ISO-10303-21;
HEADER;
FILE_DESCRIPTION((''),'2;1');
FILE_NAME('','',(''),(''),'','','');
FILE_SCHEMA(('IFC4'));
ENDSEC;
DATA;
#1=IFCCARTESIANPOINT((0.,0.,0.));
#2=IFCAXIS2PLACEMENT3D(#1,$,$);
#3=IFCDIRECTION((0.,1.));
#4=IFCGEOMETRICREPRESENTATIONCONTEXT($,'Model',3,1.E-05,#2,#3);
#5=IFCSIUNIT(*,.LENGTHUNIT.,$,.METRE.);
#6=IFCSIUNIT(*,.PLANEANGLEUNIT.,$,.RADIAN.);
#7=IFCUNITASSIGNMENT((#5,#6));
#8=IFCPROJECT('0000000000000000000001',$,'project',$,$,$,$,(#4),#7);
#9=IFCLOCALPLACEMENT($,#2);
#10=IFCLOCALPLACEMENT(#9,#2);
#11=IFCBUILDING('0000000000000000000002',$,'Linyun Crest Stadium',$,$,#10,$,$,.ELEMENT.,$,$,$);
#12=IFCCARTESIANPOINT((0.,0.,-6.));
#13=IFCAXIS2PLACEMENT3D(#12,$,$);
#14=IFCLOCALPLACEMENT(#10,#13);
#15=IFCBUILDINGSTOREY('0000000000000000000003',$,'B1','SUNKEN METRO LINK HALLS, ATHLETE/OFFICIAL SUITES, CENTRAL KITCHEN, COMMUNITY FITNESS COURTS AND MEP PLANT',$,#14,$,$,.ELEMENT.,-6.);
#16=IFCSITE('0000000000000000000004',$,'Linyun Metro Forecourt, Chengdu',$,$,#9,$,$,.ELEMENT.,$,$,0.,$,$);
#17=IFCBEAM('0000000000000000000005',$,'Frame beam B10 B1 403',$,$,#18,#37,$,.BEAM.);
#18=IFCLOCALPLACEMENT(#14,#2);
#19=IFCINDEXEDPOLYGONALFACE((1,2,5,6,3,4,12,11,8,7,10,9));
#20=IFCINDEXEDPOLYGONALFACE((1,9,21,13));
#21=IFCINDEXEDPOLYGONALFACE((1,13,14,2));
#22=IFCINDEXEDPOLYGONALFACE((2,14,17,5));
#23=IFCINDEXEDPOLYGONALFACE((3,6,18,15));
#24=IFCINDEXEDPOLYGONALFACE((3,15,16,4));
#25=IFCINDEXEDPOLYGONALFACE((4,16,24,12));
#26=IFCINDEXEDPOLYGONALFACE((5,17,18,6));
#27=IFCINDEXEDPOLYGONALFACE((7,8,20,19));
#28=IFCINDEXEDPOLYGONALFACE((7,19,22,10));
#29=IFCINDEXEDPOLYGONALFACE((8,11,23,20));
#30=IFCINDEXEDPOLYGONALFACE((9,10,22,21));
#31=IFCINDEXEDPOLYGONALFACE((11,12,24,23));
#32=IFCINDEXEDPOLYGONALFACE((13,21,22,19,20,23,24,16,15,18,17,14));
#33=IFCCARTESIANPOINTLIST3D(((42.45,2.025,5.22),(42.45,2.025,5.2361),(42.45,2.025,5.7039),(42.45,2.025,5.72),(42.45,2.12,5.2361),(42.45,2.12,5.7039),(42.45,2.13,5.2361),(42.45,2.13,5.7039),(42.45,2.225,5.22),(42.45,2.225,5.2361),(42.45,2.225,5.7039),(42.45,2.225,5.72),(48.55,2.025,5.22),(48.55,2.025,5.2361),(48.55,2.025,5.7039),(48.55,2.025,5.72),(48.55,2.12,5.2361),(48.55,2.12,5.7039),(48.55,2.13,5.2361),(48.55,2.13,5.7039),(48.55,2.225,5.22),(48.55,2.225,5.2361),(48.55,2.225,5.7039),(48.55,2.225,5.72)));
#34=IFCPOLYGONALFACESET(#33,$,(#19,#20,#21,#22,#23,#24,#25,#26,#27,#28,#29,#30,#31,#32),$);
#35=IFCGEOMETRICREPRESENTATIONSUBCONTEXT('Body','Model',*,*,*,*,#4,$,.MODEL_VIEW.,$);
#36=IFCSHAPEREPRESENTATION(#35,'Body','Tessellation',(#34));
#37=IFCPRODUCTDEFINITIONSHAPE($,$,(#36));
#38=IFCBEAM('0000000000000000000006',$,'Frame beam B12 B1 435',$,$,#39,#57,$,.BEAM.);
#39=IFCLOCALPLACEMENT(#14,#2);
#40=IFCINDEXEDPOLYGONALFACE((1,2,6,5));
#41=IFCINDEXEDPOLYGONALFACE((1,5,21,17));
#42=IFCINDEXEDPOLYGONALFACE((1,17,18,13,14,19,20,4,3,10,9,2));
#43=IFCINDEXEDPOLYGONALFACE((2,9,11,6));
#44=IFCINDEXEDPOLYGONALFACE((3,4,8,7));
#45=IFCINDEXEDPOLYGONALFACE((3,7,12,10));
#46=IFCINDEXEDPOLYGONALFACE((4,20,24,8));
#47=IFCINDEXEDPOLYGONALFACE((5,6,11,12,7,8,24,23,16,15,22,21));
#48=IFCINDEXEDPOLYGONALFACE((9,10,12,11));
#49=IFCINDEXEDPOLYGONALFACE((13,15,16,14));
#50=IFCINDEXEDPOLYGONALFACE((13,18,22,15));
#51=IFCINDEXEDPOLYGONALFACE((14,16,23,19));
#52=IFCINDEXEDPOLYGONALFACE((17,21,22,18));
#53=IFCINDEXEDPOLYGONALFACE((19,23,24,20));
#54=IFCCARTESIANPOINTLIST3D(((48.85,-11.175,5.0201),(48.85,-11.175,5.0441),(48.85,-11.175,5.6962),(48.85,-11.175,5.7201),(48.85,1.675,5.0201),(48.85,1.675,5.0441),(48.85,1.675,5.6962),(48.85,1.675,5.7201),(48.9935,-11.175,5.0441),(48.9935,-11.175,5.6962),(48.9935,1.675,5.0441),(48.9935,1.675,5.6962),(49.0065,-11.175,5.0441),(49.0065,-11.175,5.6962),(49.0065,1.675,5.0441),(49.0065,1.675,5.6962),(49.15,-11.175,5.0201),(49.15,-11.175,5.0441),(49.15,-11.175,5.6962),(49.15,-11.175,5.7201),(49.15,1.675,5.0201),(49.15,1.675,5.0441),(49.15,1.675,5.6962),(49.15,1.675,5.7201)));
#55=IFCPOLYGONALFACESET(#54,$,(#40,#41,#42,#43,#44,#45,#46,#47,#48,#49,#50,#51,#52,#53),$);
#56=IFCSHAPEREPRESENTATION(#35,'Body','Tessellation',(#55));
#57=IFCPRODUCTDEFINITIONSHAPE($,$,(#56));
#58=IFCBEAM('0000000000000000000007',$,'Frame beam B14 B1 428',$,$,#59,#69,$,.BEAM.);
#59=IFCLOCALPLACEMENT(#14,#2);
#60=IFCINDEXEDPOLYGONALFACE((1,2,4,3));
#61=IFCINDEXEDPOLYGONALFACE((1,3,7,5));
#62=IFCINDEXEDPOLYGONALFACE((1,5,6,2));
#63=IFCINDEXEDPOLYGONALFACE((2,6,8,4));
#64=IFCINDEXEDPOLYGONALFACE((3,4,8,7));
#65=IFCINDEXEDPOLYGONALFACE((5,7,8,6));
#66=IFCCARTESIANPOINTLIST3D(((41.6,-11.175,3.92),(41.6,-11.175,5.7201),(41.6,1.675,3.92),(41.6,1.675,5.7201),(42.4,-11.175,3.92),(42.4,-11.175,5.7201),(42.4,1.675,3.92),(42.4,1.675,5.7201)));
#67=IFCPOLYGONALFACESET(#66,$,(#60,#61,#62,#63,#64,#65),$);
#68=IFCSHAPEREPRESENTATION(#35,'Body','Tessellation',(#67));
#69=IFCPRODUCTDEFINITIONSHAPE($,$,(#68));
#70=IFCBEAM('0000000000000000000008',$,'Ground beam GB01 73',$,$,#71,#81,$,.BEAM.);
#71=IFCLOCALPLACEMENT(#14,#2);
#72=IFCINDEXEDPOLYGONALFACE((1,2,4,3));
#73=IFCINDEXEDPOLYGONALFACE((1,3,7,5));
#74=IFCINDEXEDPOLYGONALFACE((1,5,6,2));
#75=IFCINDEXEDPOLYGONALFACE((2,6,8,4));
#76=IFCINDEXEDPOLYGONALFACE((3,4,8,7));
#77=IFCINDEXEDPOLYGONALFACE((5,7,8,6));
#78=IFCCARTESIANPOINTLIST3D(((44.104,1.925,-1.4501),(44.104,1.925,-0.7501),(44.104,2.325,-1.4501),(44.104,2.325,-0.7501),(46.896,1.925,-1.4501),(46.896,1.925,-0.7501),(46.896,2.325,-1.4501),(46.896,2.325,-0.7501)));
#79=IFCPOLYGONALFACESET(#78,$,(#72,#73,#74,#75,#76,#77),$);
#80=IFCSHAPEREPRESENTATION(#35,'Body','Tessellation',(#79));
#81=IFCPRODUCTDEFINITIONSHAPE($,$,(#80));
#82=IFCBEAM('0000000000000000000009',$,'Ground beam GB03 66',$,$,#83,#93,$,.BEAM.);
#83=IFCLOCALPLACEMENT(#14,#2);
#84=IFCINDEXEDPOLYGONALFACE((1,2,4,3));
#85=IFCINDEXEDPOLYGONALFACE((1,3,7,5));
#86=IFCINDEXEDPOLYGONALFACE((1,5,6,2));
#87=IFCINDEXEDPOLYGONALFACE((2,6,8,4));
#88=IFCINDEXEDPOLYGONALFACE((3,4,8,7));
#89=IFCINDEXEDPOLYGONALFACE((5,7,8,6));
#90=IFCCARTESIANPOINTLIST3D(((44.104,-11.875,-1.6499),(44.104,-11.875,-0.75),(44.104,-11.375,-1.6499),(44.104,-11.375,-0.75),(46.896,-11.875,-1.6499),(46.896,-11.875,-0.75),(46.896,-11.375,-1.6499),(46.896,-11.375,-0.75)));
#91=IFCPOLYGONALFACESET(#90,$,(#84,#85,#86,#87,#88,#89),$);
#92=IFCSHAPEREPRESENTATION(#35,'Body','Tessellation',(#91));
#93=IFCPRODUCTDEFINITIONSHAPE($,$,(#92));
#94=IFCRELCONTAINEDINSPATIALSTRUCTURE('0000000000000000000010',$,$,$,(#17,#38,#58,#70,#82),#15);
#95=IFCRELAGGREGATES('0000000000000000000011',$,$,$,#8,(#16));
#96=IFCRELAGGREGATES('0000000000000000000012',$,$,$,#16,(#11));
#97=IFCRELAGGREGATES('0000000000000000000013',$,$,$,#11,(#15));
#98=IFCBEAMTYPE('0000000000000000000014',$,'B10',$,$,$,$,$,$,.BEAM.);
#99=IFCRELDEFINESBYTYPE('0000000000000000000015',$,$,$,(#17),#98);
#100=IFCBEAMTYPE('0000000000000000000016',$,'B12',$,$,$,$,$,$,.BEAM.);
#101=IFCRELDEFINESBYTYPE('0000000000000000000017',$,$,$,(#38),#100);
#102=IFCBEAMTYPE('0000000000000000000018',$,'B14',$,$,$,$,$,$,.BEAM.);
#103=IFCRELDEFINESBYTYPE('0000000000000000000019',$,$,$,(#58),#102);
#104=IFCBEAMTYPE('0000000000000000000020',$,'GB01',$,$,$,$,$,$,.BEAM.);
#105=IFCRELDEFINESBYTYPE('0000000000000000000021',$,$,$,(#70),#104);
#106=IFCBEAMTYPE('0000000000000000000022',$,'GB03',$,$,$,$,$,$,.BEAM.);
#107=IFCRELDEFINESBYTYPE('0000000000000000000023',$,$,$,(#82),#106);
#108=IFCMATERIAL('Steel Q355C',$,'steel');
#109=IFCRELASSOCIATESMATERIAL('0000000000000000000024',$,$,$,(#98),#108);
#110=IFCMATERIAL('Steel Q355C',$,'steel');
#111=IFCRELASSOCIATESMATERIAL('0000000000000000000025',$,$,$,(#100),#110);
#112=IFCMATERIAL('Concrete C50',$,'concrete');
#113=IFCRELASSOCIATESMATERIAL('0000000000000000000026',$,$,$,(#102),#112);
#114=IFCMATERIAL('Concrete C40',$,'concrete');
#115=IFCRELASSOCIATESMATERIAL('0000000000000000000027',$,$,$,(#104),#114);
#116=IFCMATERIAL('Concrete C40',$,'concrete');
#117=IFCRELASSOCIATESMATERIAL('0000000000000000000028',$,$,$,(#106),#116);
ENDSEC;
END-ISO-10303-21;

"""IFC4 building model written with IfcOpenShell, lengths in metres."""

from ifc_helpers import new_model, si_unit, direction, frame, origin, origin_2d, place, context, subcontext, project, spatial, rectangle, i_section, extrude, material, material_profile, profile_set, type_object, element, save


model = new_model("IFC4")

# Units and contexts
model_context = context("Model", 3, precision=1e-05, world=origin(), true_north=direction((0.0, 1.0)))
body_context = subcontext(model_context, "Body", "Model", "MODEL_VIEW")
ifc_project = project(units=[si_unit("LENGTHUNIT", "METRE"), si_unit("PLANEANGLEUNIT", "RADIAN")], contexts=[model_context])

# Site, building, storey
site_placement = place(None, origin())
site = spatial("IfcSite", under=ifc_project, at=site_placement, Name="Linyun Metro Forecourt, Chengdu", CompositionType="ELEMENT", RefElevation=0.0)
building_placement = place(site_placement, origin())
building = spatial("IfcBuilding", under=site, at=building_placement, Name="Linyun Crest Stadium", CompositionType="ELEMENT")
storey_placement = place(building_placement, frame((0.0, 0.0, -6.0)))
storey = spatial("IfcBuildingStorey", under=building, at=storey_placement, Name="B1", Description="SUNKEN METRO LINK HALLS, ATHLETE/OFFICIAL SUITES, CENTRAL KITCHEN, COMMUNITY FITNESS COURTS AND MEP PLANT", CompositionType="ELEMENT", Elevation=-6.0)

# Beams
ifc_material_1 = material(Name="Steel Q355C", Category="steel")
ifc_material_profile_1 = material_profile(ifc_material_1, i_section(OverallWidth=0.2, OverallDepth=0.5, WebThickness=0.01, FlangeThickness=0.0161, at=origin_2d()), Name="HN 500x200")
ifc_profile_set_1 = profile_set([ifc_material_profile_1], Name="Steel Q355C")
beam_type_1 = type_object("IfcBeamType", Name="B10", PredefinedType="BEAM", material=ifc_profile_set_1)
beam_1_placement = place(storey_placement, frame((42.45, 2.125, 5.47), z_axis=(1.0, 0.0, 0.0), x_axis=(0.0, 1.0, 0.0)))
element("IfcBeam", 1, at=beam_1_placement, inside=storey, type_object=beam_type_1, Name="Frame beam B10 B1 403", PredefinedType="BEAM", context=body_context, shape_type="SweptSolid", body=[
    extrude(i_section(OverallWidth=0.2, OverallDepth=0.5, WebThickness=0.01, FlangeThickness=0.0161, at=origin_2d()), origin(), (0.0, 0.0, 1.0), 6.1001),
])
ifc_material_2 = material(Name="Steel Q355C", Category="steel")
ifc_material_profile_2 = material_profile(ifc_material_2, i_section(OverallWidth=0.3, OverallDepth=0.7, WebThickness=0.0129, FlangeThickness=0.0239, at=origin_2d()), Name="HN 700x300")
ifc_profile_set_2 = profile_set([ifc_material_profile_2], Name="Steel Q355C")
beam_type_2 = type_object("IfcBeamType", Name="B12", PredefinedType="BEAM", material=ifc_profile_set_2)
beam_2_placement = place(storey_placement, frame((49.0, -11.175, 5.3701), z_axis=(0.0, 1.0, 0.0), x_axis=(-1.0, 0.0, 0.0)))
element("IfcBeam", 2, at=beam_2_placement, inside=storey, type_object=beam_type_2, Name="Frame beam B12 B1 435", PredefinedType="BEAM", context=body_context, shape_type="SweptSolid", body=[
    extrude(i_section(OverallWidth=0.3, OverallDepth=0.7, WebThickness=0.0129, FlangeThickness=0.0239, at=origin_2d()), origin(), (0.0, 0.0, 1.0), 12.8501),
])
ifc_material_3 = material(Name="Concrete C50", Category="concrete")
ifc_material_profile_3 = material_profile(ifc_material_3, rectangle(XDim=0.8, YDim=1.8, at=origin_2d()), Name="RCB 1800x800")
ifc_profile_set_3 = profile_set([ifc_material_profile_3], Name="Concrete C50")
beam_type_3 = type_object("IfcBeamType", Name="B14", PredefinedType="BEAM", material=ifc_profile_set_3)
beam_3_placement = place(storey_placement, frame((42.0, -11.175, 4.8201), z_axis=(0.0, 1.0, 0.0), x_axis=(-1.0, 0.0, 0.0)))
element("IfcBeam", 3, at=beam_3_placement, inside=storey, type_object=beam_type_3, Name="Frame beam B14 B1 428", PredefinedType="BEAM", context=body_context, shape_type="SweptSolid", body=[
    extrude(rectangle(XDim=0.8, YDim=1.8, at=origin_2d()), origin(), (0.0, 0.0, 1.0), 12.8501),
])
ifc_material_4 = material(Name="Concrete C40", Category="concrete")
ifc_material_profile_4 = material_profile(ifc_material_4, rectangle(XDim=0.3999, YDim=0.7, at=origin_2d()), Name="RCB 700x400")
ifc_profile_set_4 = profile_set([ifc_material_profile_4], Name="Concrete C40")
beam_type_4 = type_object("IfcBeamType", Name="GB01", PredefinedType="BEAM", material=ifc_profile_set_4)
beam_4_placement = place(storey_placement, frame((44.104, 2.125, -1.1001), z_axis=(1.0, 0.0, 0.0), x_axis=(0.0, 1.0, 0.0)))
element("IfcBeam", 4, at=beam_4_placement, inside=storey, type_object=beam_type_4, Name="Ground beam GB01 73", PredefinedType="BEAM", context=body_context, shape_type="SweptSolid", body=[
    extrude(rectangle(XDim=0.3999, YDim=0.7, at=origin_2d()), origin(), (0.0, 0.0, 1.0), 2.792),
])
ifc_material_5 = material(Name="Concrete C40", Category="concrete")
ifc_material_profile_5 = material_profile(ifc_material_5, rectangle(XDim=0.5, YDim=0.8999, at=origin_2d()), Name="RCB 900x500")
ifc_profile_set_5 = profile_set([ifc_material_profile_5], Name="Concrete C40")
beam_type_5 = type_object("IfcBeamType", Name="GB03", PredefinedType="BEAM", material=ifc_profile_set_5)
beam_5_placement = place(storey_placement, frame((44.104, -11.625, -1.2), z_axis=(1.0, 0.0, 0.0), x_axis=(0.0, 1.0, 0.0)))
element("IfcBeam", 5, at=beam_5_placement, inside=storey, type_object=beam_type_5, Name="Ground beam GB03 66", PredefinedType="BEAM", context=body_context, shape_type="SweptSolid", body=[
    extrude(rectangle(XDim=0.5, YDim=0.8999, at=origin_2d()), origin(), (0.0, 0.0, 1.0), 2.792),
])

save(model, "model.ifc")
